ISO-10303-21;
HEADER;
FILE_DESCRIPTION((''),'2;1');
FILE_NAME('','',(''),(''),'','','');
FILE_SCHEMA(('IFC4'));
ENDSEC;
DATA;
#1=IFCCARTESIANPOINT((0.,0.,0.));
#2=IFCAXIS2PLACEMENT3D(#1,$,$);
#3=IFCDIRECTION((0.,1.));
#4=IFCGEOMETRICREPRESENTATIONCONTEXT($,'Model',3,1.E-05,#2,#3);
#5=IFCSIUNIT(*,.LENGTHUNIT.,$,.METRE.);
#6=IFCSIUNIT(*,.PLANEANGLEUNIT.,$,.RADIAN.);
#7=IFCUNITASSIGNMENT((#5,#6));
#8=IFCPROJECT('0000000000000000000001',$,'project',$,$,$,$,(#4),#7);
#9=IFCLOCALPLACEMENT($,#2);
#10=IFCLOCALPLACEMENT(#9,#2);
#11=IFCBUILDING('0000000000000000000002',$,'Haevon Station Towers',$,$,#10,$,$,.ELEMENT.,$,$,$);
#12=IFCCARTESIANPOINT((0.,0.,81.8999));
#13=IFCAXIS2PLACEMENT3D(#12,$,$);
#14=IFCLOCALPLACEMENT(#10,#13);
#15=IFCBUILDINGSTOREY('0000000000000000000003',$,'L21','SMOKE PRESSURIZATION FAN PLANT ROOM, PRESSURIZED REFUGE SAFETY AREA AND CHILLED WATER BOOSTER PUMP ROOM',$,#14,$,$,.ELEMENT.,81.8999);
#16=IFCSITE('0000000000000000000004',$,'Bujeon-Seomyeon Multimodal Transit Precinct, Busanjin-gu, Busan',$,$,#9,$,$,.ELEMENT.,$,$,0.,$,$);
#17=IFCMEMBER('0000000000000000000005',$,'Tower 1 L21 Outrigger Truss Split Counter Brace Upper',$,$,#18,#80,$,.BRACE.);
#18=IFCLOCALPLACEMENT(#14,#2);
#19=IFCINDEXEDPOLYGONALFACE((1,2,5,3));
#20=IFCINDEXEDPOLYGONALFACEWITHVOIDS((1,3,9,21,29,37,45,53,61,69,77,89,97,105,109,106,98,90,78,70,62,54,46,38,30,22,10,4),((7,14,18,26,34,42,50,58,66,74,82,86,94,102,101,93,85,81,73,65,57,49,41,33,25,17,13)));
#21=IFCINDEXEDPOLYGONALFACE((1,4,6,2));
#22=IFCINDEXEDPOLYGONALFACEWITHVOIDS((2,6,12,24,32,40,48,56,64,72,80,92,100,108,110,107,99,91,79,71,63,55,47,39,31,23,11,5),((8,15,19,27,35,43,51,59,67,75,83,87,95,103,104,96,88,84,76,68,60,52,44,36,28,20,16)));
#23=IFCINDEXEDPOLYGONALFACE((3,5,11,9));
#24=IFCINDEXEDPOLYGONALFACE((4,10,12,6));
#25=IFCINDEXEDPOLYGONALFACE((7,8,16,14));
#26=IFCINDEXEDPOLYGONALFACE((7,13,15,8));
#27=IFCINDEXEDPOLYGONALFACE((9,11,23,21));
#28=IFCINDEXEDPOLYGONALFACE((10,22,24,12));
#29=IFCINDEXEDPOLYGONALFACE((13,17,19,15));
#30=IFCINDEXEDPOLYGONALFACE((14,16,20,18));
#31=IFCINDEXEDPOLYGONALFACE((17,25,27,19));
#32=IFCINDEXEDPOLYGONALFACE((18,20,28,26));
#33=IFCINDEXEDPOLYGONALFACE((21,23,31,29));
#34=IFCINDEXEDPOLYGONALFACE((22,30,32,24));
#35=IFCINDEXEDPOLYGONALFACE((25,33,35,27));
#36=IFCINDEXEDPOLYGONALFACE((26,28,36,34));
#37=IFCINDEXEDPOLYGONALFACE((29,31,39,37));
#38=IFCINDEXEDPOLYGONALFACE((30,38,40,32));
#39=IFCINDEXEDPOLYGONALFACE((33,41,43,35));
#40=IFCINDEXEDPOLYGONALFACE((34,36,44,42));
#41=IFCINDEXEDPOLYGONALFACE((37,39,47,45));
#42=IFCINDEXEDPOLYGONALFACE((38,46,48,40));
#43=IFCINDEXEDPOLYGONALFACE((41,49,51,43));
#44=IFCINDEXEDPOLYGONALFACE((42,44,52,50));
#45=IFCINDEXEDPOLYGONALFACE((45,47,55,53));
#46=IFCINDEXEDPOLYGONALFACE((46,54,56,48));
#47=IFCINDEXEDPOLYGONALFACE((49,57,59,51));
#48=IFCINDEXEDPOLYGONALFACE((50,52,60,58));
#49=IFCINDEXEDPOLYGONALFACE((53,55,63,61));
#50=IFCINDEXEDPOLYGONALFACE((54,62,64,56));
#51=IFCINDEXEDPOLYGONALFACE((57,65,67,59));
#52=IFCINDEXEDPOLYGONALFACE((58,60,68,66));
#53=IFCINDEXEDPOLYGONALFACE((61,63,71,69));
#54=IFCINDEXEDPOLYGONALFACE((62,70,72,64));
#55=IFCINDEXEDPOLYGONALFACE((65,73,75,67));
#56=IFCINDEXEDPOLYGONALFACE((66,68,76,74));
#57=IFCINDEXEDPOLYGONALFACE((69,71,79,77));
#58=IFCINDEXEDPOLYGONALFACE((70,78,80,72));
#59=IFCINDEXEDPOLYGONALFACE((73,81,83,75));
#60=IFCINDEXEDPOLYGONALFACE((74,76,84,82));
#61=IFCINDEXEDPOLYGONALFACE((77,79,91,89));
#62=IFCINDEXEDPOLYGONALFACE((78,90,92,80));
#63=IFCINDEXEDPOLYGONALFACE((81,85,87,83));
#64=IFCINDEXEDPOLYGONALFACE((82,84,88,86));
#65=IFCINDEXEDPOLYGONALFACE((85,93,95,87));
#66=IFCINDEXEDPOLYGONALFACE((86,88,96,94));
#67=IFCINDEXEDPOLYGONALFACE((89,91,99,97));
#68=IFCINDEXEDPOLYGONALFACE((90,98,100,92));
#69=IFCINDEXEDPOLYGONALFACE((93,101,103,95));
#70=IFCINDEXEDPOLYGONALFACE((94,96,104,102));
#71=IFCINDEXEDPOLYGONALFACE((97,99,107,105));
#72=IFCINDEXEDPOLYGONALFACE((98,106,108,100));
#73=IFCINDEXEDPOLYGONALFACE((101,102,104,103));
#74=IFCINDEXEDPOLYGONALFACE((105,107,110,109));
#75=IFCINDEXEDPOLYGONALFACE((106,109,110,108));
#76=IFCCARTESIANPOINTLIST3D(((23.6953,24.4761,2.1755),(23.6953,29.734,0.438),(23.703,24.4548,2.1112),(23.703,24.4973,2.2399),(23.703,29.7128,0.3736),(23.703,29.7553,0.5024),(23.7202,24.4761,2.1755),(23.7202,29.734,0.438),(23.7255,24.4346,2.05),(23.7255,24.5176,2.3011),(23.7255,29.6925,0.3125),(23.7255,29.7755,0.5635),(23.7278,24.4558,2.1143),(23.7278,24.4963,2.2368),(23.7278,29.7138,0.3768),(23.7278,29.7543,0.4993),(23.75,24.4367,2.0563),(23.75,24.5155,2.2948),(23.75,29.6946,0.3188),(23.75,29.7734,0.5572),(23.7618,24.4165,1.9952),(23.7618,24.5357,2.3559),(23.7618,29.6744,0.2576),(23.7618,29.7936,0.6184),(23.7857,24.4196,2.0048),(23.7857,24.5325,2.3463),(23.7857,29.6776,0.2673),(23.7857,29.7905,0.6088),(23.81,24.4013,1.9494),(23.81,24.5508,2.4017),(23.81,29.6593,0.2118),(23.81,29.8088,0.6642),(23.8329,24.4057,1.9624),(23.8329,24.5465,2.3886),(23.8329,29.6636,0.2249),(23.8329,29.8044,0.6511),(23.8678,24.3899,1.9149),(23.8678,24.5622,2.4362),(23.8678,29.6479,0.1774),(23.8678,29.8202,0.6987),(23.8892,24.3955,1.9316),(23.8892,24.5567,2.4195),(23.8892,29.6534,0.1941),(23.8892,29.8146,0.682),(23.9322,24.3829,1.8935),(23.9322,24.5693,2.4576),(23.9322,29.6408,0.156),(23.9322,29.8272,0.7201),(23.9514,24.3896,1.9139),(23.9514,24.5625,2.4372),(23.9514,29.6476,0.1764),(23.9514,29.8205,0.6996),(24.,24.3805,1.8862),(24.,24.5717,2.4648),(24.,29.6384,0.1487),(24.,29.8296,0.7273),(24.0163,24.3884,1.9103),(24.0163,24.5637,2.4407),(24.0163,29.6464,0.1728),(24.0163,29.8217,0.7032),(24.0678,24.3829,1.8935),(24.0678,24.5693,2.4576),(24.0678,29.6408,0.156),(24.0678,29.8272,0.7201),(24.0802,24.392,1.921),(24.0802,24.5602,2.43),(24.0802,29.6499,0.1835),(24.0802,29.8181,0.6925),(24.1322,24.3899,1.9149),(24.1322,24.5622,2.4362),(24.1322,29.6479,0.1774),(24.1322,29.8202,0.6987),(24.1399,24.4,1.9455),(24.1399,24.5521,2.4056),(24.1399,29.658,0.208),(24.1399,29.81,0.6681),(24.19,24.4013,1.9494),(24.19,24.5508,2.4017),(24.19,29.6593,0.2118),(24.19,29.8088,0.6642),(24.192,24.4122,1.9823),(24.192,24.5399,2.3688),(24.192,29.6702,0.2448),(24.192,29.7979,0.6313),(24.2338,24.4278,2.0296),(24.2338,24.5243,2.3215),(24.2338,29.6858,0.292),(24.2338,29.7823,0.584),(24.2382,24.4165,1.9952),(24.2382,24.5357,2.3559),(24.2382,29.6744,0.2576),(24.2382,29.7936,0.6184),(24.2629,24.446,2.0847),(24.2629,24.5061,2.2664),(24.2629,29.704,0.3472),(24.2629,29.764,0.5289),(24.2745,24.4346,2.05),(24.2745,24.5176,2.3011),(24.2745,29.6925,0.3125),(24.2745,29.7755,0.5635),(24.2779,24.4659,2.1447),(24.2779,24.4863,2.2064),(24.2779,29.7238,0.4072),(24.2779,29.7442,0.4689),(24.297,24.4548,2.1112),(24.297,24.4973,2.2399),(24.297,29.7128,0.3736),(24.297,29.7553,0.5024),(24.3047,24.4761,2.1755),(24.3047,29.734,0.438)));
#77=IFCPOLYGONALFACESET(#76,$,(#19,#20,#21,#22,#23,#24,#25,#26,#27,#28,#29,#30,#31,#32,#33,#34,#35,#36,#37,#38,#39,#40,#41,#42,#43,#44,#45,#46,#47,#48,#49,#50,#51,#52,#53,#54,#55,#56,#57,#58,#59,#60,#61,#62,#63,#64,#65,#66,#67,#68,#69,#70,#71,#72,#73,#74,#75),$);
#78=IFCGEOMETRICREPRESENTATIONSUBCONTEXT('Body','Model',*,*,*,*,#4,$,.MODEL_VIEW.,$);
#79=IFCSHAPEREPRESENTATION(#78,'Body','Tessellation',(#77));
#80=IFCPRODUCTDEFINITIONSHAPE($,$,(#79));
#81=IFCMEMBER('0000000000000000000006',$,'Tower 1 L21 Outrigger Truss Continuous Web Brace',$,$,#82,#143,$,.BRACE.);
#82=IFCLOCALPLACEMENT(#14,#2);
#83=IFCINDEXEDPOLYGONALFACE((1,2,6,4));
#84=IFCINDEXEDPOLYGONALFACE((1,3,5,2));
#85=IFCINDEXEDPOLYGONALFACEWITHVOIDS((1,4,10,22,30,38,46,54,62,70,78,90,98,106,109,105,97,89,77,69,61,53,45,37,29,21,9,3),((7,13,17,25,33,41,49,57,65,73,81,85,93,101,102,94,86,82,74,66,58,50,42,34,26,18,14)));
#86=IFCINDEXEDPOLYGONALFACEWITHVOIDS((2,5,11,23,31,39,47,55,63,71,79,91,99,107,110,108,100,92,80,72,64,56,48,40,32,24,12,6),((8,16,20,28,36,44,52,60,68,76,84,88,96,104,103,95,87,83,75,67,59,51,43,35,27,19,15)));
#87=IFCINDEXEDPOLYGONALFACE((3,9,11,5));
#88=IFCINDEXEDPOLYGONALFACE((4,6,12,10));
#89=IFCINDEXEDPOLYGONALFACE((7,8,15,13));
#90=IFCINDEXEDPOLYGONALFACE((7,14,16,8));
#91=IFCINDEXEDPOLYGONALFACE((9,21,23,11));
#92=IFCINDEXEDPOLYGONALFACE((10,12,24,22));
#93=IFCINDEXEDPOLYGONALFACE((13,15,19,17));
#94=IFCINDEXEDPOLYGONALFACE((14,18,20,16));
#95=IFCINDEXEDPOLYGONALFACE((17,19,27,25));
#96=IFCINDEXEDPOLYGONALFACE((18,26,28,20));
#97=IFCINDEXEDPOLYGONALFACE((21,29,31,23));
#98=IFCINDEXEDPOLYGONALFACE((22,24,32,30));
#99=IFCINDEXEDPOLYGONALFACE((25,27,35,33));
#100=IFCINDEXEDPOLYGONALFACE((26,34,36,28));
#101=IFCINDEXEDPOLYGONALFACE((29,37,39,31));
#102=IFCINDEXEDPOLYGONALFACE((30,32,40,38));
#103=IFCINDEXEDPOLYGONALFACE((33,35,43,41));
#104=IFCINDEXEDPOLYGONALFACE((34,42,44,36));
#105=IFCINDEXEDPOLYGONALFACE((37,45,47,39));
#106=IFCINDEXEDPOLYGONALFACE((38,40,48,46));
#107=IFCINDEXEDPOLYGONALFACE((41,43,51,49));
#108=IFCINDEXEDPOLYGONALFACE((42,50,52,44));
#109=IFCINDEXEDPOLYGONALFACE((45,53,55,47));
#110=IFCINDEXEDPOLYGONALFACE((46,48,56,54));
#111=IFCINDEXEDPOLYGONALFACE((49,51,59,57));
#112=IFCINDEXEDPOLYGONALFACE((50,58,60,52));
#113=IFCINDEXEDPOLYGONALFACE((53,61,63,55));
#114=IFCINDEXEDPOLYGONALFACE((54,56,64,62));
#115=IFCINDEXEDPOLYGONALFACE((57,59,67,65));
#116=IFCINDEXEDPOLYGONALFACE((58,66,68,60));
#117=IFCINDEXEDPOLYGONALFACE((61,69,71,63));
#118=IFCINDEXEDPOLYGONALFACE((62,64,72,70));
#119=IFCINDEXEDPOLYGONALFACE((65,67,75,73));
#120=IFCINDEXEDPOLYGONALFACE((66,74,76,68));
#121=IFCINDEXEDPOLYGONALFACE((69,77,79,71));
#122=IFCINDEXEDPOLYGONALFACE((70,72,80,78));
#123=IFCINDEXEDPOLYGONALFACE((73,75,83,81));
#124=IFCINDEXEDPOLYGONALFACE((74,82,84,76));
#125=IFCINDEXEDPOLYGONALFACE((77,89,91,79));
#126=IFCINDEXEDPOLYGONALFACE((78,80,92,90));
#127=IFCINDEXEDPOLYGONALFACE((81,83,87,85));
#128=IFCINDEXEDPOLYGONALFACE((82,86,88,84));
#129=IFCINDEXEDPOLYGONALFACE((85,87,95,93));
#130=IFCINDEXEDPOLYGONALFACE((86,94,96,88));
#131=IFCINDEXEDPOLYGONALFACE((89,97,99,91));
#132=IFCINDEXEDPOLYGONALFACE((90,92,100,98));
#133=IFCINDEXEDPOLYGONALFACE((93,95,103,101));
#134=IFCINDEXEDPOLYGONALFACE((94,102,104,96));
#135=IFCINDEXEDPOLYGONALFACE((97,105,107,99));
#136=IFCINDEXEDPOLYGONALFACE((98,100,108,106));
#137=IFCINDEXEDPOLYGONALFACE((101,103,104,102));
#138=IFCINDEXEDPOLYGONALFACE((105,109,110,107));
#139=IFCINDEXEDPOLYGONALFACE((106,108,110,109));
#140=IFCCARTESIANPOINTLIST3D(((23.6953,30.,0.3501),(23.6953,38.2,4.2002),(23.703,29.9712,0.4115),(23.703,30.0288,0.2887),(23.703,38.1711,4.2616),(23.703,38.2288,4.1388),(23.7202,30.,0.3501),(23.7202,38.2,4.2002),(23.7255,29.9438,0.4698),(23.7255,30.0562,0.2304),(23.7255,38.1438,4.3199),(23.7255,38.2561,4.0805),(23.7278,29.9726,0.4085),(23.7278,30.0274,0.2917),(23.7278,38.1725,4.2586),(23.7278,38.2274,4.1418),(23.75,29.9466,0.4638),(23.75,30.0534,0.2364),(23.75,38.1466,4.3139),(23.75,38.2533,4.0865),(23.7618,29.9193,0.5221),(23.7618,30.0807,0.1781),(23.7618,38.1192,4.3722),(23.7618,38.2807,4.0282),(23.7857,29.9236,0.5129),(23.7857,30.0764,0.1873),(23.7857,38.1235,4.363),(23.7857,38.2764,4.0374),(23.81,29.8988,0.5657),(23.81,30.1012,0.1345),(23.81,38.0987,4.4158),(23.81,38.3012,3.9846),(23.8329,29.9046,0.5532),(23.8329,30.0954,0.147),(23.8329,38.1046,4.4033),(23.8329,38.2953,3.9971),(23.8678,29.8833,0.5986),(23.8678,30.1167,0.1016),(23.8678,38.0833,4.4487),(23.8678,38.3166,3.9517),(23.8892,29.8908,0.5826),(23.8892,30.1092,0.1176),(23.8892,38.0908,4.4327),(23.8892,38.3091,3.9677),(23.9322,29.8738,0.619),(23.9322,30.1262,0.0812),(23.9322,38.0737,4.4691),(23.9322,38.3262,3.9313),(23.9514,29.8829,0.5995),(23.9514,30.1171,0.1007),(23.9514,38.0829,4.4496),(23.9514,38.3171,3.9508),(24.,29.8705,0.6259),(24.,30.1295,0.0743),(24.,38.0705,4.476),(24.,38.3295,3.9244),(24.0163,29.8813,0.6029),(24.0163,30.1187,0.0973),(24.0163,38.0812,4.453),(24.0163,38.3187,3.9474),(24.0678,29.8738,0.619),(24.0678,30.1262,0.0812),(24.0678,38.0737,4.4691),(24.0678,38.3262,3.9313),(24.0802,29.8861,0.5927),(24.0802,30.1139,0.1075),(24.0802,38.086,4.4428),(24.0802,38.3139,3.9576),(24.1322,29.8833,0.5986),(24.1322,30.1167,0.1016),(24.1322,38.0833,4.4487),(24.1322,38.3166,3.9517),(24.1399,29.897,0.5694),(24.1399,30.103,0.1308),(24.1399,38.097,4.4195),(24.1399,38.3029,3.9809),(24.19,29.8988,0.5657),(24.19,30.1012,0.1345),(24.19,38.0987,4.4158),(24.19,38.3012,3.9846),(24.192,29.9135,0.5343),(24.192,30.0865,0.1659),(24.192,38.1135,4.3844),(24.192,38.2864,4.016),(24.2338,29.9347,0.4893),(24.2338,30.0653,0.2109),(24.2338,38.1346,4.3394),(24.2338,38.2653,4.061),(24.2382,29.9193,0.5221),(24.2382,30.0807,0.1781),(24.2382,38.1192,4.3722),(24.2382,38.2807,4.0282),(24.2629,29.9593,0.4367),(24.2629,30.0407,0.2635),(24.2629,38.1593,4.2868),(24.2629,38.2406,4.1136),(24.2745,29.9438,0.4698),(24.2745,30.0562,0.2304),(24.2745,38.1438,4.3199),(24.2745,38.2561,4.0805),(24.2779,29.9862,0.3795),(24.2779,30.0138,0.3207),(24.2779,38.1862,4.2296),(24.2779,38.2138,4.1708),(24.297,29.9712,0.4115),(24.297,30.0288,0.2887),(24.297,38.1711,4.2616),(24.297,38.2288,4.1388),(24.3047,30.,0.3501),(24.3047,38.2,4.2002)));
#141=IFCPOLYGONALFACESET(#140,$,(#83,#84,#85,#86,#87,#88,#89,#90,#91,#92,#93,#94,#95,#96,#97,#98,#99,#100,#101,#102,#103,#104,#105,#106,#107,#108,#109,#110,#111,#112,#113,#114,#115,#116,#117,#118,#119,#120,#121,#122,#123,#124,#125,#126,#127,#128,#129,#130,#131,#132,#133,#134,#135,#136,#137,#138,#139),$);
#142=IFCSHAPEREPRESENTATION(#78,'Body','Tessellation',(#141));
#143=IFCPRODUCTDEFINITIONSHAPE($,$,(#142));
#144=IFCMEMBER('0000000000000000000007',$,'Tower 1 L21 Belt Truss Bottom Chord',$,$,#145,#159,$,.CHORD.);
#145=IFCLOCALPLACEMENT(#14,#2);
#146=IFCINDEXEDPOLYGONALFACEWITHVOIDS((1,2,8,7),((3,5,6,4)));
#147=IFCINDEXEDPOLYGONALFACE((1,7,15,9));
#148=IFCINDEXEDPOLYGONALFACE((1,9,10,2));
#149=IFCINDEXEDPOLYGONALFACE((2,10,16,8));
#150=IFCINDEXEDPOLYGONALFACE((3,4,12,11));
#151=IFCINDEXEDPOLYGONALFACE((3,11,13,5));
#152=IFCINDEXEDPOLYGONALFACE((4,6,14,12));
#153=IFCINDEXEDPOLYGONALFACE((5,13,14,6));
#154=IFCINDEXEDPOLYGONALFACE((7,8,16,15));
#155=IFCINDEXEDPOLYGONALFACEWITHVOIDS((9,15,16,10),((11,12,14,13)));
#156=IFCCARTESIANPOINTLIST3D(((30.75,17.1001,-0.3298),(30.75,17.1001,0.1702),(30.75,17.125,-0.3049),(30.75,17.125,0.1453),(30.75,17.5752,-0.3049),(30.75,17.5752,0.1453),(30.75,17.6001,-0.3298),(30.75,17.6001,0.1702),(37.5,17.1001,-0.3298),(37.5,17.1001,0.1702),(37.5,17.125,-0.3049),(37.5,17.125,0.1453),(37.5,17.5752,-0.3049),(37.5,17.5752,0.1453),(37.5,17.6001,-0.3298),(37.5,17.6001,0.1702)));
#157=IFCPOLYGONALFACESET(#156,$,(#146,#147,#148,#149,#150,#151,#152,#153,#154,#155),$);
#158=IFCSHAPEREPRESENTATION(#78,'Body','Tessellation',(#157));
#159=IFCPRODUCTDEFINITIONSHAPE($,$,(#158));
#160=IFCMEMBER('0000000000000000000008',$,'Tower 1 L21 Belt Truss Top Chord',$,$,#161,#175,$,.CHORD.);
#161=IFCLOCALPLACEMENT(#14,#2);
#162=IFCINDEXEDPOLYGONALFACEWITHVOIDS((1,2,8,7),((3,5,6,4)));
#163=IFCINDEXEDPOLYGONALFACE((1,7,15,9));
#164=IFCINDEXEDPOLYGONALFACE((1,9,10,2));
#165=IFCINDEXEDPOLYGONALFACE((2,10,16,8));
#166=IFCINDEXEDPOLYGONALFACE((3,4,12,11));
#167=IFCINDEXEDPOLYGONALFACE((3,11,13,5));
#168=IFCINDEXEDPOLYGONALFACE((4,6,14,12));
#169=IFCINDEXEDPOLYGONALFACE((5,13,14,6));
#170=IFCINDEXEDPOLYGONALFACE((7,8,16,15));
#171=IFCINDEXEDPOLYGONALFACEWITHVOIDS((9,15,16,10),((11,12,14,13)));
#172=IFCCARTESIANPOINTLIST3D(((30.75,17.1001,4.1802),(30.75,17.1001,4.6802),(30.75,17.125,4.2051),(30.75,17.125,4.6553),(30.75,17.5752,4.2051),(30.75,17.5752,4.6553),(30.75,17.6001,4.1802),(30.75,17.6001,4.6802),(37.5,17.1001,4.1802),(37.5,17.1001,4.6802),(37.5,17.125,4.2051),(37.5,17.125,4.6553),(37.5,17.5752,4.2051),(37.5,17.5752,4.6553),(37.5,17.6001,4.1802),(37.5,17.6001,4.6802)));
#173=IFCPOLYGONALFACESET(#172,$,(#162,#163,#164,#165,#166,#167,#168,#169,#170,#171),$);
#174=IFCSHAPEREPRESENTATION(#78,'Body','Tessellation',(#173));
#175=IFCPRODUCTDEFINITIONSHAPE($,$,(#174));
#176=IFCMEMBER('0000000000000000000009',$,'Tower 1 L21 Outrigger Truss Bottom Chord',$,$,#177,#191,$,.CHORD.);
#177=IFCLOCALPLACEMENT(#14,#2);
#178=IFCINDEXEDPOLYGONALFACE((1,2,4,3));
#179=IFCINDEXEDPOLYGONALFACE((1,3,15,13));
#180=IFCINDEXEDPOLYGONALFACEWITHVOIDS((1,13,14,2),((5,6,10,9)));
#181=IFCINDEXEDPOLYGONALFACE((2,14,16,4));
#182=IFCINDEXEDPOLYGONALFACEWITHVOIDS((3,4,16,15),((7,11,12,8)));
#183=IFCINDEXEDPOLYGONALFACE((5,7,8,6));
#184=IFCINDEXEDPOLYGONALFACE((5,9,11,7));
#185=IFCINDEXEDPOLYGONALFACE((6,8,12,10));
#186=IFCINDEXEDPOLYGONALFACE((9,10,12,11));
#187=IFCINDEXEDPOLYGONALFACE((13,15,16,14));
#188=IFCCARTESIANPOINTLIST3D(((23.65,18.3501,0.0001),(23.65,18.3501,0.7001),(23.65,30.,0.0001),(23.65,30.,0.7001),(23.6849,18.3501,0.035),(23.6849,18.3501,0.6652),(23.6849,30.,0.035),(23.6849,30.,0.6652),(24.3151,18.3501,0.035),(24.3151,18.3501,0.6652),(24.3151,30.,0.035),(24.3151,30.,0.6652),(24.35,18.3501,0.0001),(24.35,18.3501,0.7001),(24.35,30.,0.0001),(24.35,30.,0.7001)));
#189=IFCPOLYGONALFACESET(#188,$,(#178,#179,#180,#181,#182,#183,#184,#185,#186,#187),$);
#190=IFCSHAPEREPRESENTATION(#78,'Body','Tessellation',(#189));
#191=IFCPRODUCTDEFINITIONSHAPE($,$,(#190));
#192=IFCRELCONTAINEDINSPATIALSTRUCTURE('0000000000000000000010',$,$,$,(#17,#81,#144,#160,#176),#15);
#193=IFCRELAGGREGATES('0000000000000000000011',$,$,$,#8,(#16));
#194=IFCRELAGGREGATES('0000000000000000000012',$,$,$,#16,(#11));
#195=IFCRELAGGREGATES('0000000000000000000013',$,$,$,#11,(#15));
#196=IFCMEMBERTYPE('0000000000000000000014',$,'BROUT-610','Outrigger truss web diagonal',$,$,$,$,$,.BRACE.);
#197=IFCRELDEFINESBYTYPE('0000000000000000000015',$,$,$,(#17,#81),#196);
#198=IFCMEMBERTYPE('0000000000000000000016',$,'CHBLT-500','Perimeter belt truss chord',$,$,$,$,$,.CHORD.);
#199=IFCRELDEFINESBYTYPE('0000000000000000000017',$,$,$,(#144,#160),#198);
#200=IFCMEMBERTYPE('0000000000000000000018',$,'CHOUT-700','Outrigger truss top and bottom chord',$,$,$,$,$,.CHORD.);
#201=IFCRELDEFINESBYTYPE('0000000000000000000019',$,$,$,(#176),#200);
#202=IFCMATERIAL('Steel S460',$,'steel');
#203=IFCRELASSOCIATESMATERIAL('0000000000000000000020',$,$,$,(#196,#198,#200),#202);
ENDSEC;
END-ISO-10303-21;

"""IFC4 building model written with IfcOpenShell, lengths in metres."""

from ifc_helpers import new_model, si_unit, direction, frame, origin, origin_2d, place, context, subcontext, project, spatial, hollow_rectangle, hollow_circle, extrude, material, material_profile, profile_set, type_object, element, save


model = new_model("IFC4")

# Units and contexts
model_context = context("Model", 3, precision=1e-05, world=origin(), true_north=direction((0.0, 1.0)))
body_context = subcontext(model_context, "Body", "Model", "MODEL_VIEW")
ifc_project = project(units=[si_unit("LENGTHUNIT", "METRE"), si_unit("PLANEANGLEUNIT", "RADIAN")], contexts=[model_context])

# Site, building, storey
site_placement = place(None, origin())
site = spatial("IfcSite", under=ifc_project, at=site_placement, Name="Bujeon-Seomyeon Multimodal Transit Precinct, Busanjin-gu, Busan", CompositionType="ELEMENT", RefElevation=0.0)
building_placement = place(site_placement, origin())
building = spatial("IfcBuilding", under=site, at=building_placement, Name="Haevon Station Towers", CompositionType="ELEMENT")
storey_placement = place(building_placement, frame((0.0, 0.0, 81.8999)))
storey = spatial("IfcBuildingStorey", under=building, at=storey_placement, Name="L21", Description="SMOKE PRESSURIZATION FAN PLANT ROOM, PRESSURIZED REFUGE SAFETY AREA AND CHILLED WATER BOOSTER PUMP ROOM", CompositionType="ELEMENT", Elevation=81.8999)

# Shared definitions
ifc_material_1 = material(Name="Steel S460", Category="steel")

# Members
ifc_material_profile_1 = material_profile(ifc_material_1, hollow_circle(Radius=0.3047, WallThickness=0.0249, at=origin_2d()), Name="CHS-609.6x25")
ifc_profile_set_1 = profile_set([ifc_material_profile_1], Name="Steel S460")
member_type_1 = type_object("IfcMemberType", Name="BROUT-610", Description="Outrigger truss web diagonal", PredefinedType="BRACE", material=ifc_profile_set_1)
member_1_placement = place(storey_placement, frame((24.0, 24.4761, 2.1755), z_axis=(0.0, 0.9495, -0.313767), x_axis=(-1.0, 0.0, 0.0)))
element("IfcMember", 1, at=member_1_placement, inside=storey, type_object=member_type_1, Name="Tower 1 L21 Outrigger Truss Split Counter Brace Upper", PredefinedType="BRACE", context=body_context, shape_type="SweptSolid", body=[
    extrude(hollow_circle(Radius=0.3047, WallThickness=0.0249, at=origin_2d()), origin(), (0.0, 0.0, 1.0), 5.5376),
])
member_2_placement = place(storey_placement, frame((24.0, 30.0, 0.3501), z_axis=(0.0, 0.905188, 0.42501), x_axis=(-1.0, 0.0, 0.0)))
element("IfcMember", 2, at=member_2_placement, inside=storey, type_object=member_type_1, Name="Tower 1 L21 Outrigger Truss Continuous Web Brace", PredefinedType="BRACE", context=body_context, shape_type="SweptSolid", body=[
    extrude(hollow_circle(Radius=0.3047, WallThickness=0.0249, at=origin_2d()), origin(), (0.0, 0.0, 1.0), 9.0588),
])
ifc_material_profile_2 = material_profile(ifc_material_1, hollow_rectangle(XDim=0.5, YDim=0.5, WallThickness=0.0249, at=origin_2d()), Name="RHS-500x500x25")
ifc_profile_set_2 = profile_set([ifc_material_profile_2], Name="Steel S460")
member_type_2 = type_object("IfcMemberType", Name="CHBLT-500", Description="Perimeter belt truss chord", PredefinedType="CHORD", material=ifc_profile_set_2)
for number, where, z_axis, x_axis, name in (
    (3, (30.75, 17.3501, -0.0798), (1.0, 0.0, 0.0), (0.0, 1.0, 0.0), "Tower 1 L21 Belt Truss Bottom Chord"),
    (4, (30.75, 17.3501, 4.4302), (1.0, 0.0, 0.0), (0.0, 1.0, 0.0), "Tower 1 L21 Belt Truss Top Chord"),
):
    element("IfcMember", number, at=place(storey_placement, frame(where, z_axis=z_axis, x_axis=x_axis)), inside=storey, type_object=member_type_2, Name=name, PredefinedType="CHORD", context=body_context, shape_type="SweptSolid", body=[
        extrude(hollow_rectangle(XDim=0.5, YDim=0.5, WallThickness=0.0249, at=origin_2d()), origin(), (0.0, 0.0, 1.0), 6.75),
    ])
ifc_material_profile_3 = material_profile(ifc_material_1, hollow_rectangle(XDim=0.7, YDim=0.7, WallThickness=0.0349, at=origin_2d()), Name="RHS-700x700x35")
ifc_profile_set_3 = profile_set([ifc_material_profile_3], Name="Steel S460")
member_type_3 = type_object("IfcMemberType", Name="CHOUT-700", Description="Outrigger truss top and bottom chord", PredefinedType="CHORD", material=ifc_profile_set_3)
for number, where, z_axis, x_axis, name in (
    (5, (24.0, 18.3501, 0.3501), (0.0, 1.0, 0.0), (-1.0, 0.0, 0.0), "Tower 1 L21 Outrigger Truss Bottom Chord"),
):
    element("IfcMember", number, at=place(storey_placement, frame(where, z_axis=z_axis, x_axis=x_axis)), inside=storey, type_object=member_type_3, Name=name, PredefinedType="CHORD", context=body_context, shape_type="SweptSolid", body=[
        extrude(hollow_rectangle(XDim=0.7, YDim=0.7, WallThickness=0.0349, at=origin_2d()), origin(), (0.0, 0.0, 1.0), 11.6499),
    ])

save(model, "model.ifc")
